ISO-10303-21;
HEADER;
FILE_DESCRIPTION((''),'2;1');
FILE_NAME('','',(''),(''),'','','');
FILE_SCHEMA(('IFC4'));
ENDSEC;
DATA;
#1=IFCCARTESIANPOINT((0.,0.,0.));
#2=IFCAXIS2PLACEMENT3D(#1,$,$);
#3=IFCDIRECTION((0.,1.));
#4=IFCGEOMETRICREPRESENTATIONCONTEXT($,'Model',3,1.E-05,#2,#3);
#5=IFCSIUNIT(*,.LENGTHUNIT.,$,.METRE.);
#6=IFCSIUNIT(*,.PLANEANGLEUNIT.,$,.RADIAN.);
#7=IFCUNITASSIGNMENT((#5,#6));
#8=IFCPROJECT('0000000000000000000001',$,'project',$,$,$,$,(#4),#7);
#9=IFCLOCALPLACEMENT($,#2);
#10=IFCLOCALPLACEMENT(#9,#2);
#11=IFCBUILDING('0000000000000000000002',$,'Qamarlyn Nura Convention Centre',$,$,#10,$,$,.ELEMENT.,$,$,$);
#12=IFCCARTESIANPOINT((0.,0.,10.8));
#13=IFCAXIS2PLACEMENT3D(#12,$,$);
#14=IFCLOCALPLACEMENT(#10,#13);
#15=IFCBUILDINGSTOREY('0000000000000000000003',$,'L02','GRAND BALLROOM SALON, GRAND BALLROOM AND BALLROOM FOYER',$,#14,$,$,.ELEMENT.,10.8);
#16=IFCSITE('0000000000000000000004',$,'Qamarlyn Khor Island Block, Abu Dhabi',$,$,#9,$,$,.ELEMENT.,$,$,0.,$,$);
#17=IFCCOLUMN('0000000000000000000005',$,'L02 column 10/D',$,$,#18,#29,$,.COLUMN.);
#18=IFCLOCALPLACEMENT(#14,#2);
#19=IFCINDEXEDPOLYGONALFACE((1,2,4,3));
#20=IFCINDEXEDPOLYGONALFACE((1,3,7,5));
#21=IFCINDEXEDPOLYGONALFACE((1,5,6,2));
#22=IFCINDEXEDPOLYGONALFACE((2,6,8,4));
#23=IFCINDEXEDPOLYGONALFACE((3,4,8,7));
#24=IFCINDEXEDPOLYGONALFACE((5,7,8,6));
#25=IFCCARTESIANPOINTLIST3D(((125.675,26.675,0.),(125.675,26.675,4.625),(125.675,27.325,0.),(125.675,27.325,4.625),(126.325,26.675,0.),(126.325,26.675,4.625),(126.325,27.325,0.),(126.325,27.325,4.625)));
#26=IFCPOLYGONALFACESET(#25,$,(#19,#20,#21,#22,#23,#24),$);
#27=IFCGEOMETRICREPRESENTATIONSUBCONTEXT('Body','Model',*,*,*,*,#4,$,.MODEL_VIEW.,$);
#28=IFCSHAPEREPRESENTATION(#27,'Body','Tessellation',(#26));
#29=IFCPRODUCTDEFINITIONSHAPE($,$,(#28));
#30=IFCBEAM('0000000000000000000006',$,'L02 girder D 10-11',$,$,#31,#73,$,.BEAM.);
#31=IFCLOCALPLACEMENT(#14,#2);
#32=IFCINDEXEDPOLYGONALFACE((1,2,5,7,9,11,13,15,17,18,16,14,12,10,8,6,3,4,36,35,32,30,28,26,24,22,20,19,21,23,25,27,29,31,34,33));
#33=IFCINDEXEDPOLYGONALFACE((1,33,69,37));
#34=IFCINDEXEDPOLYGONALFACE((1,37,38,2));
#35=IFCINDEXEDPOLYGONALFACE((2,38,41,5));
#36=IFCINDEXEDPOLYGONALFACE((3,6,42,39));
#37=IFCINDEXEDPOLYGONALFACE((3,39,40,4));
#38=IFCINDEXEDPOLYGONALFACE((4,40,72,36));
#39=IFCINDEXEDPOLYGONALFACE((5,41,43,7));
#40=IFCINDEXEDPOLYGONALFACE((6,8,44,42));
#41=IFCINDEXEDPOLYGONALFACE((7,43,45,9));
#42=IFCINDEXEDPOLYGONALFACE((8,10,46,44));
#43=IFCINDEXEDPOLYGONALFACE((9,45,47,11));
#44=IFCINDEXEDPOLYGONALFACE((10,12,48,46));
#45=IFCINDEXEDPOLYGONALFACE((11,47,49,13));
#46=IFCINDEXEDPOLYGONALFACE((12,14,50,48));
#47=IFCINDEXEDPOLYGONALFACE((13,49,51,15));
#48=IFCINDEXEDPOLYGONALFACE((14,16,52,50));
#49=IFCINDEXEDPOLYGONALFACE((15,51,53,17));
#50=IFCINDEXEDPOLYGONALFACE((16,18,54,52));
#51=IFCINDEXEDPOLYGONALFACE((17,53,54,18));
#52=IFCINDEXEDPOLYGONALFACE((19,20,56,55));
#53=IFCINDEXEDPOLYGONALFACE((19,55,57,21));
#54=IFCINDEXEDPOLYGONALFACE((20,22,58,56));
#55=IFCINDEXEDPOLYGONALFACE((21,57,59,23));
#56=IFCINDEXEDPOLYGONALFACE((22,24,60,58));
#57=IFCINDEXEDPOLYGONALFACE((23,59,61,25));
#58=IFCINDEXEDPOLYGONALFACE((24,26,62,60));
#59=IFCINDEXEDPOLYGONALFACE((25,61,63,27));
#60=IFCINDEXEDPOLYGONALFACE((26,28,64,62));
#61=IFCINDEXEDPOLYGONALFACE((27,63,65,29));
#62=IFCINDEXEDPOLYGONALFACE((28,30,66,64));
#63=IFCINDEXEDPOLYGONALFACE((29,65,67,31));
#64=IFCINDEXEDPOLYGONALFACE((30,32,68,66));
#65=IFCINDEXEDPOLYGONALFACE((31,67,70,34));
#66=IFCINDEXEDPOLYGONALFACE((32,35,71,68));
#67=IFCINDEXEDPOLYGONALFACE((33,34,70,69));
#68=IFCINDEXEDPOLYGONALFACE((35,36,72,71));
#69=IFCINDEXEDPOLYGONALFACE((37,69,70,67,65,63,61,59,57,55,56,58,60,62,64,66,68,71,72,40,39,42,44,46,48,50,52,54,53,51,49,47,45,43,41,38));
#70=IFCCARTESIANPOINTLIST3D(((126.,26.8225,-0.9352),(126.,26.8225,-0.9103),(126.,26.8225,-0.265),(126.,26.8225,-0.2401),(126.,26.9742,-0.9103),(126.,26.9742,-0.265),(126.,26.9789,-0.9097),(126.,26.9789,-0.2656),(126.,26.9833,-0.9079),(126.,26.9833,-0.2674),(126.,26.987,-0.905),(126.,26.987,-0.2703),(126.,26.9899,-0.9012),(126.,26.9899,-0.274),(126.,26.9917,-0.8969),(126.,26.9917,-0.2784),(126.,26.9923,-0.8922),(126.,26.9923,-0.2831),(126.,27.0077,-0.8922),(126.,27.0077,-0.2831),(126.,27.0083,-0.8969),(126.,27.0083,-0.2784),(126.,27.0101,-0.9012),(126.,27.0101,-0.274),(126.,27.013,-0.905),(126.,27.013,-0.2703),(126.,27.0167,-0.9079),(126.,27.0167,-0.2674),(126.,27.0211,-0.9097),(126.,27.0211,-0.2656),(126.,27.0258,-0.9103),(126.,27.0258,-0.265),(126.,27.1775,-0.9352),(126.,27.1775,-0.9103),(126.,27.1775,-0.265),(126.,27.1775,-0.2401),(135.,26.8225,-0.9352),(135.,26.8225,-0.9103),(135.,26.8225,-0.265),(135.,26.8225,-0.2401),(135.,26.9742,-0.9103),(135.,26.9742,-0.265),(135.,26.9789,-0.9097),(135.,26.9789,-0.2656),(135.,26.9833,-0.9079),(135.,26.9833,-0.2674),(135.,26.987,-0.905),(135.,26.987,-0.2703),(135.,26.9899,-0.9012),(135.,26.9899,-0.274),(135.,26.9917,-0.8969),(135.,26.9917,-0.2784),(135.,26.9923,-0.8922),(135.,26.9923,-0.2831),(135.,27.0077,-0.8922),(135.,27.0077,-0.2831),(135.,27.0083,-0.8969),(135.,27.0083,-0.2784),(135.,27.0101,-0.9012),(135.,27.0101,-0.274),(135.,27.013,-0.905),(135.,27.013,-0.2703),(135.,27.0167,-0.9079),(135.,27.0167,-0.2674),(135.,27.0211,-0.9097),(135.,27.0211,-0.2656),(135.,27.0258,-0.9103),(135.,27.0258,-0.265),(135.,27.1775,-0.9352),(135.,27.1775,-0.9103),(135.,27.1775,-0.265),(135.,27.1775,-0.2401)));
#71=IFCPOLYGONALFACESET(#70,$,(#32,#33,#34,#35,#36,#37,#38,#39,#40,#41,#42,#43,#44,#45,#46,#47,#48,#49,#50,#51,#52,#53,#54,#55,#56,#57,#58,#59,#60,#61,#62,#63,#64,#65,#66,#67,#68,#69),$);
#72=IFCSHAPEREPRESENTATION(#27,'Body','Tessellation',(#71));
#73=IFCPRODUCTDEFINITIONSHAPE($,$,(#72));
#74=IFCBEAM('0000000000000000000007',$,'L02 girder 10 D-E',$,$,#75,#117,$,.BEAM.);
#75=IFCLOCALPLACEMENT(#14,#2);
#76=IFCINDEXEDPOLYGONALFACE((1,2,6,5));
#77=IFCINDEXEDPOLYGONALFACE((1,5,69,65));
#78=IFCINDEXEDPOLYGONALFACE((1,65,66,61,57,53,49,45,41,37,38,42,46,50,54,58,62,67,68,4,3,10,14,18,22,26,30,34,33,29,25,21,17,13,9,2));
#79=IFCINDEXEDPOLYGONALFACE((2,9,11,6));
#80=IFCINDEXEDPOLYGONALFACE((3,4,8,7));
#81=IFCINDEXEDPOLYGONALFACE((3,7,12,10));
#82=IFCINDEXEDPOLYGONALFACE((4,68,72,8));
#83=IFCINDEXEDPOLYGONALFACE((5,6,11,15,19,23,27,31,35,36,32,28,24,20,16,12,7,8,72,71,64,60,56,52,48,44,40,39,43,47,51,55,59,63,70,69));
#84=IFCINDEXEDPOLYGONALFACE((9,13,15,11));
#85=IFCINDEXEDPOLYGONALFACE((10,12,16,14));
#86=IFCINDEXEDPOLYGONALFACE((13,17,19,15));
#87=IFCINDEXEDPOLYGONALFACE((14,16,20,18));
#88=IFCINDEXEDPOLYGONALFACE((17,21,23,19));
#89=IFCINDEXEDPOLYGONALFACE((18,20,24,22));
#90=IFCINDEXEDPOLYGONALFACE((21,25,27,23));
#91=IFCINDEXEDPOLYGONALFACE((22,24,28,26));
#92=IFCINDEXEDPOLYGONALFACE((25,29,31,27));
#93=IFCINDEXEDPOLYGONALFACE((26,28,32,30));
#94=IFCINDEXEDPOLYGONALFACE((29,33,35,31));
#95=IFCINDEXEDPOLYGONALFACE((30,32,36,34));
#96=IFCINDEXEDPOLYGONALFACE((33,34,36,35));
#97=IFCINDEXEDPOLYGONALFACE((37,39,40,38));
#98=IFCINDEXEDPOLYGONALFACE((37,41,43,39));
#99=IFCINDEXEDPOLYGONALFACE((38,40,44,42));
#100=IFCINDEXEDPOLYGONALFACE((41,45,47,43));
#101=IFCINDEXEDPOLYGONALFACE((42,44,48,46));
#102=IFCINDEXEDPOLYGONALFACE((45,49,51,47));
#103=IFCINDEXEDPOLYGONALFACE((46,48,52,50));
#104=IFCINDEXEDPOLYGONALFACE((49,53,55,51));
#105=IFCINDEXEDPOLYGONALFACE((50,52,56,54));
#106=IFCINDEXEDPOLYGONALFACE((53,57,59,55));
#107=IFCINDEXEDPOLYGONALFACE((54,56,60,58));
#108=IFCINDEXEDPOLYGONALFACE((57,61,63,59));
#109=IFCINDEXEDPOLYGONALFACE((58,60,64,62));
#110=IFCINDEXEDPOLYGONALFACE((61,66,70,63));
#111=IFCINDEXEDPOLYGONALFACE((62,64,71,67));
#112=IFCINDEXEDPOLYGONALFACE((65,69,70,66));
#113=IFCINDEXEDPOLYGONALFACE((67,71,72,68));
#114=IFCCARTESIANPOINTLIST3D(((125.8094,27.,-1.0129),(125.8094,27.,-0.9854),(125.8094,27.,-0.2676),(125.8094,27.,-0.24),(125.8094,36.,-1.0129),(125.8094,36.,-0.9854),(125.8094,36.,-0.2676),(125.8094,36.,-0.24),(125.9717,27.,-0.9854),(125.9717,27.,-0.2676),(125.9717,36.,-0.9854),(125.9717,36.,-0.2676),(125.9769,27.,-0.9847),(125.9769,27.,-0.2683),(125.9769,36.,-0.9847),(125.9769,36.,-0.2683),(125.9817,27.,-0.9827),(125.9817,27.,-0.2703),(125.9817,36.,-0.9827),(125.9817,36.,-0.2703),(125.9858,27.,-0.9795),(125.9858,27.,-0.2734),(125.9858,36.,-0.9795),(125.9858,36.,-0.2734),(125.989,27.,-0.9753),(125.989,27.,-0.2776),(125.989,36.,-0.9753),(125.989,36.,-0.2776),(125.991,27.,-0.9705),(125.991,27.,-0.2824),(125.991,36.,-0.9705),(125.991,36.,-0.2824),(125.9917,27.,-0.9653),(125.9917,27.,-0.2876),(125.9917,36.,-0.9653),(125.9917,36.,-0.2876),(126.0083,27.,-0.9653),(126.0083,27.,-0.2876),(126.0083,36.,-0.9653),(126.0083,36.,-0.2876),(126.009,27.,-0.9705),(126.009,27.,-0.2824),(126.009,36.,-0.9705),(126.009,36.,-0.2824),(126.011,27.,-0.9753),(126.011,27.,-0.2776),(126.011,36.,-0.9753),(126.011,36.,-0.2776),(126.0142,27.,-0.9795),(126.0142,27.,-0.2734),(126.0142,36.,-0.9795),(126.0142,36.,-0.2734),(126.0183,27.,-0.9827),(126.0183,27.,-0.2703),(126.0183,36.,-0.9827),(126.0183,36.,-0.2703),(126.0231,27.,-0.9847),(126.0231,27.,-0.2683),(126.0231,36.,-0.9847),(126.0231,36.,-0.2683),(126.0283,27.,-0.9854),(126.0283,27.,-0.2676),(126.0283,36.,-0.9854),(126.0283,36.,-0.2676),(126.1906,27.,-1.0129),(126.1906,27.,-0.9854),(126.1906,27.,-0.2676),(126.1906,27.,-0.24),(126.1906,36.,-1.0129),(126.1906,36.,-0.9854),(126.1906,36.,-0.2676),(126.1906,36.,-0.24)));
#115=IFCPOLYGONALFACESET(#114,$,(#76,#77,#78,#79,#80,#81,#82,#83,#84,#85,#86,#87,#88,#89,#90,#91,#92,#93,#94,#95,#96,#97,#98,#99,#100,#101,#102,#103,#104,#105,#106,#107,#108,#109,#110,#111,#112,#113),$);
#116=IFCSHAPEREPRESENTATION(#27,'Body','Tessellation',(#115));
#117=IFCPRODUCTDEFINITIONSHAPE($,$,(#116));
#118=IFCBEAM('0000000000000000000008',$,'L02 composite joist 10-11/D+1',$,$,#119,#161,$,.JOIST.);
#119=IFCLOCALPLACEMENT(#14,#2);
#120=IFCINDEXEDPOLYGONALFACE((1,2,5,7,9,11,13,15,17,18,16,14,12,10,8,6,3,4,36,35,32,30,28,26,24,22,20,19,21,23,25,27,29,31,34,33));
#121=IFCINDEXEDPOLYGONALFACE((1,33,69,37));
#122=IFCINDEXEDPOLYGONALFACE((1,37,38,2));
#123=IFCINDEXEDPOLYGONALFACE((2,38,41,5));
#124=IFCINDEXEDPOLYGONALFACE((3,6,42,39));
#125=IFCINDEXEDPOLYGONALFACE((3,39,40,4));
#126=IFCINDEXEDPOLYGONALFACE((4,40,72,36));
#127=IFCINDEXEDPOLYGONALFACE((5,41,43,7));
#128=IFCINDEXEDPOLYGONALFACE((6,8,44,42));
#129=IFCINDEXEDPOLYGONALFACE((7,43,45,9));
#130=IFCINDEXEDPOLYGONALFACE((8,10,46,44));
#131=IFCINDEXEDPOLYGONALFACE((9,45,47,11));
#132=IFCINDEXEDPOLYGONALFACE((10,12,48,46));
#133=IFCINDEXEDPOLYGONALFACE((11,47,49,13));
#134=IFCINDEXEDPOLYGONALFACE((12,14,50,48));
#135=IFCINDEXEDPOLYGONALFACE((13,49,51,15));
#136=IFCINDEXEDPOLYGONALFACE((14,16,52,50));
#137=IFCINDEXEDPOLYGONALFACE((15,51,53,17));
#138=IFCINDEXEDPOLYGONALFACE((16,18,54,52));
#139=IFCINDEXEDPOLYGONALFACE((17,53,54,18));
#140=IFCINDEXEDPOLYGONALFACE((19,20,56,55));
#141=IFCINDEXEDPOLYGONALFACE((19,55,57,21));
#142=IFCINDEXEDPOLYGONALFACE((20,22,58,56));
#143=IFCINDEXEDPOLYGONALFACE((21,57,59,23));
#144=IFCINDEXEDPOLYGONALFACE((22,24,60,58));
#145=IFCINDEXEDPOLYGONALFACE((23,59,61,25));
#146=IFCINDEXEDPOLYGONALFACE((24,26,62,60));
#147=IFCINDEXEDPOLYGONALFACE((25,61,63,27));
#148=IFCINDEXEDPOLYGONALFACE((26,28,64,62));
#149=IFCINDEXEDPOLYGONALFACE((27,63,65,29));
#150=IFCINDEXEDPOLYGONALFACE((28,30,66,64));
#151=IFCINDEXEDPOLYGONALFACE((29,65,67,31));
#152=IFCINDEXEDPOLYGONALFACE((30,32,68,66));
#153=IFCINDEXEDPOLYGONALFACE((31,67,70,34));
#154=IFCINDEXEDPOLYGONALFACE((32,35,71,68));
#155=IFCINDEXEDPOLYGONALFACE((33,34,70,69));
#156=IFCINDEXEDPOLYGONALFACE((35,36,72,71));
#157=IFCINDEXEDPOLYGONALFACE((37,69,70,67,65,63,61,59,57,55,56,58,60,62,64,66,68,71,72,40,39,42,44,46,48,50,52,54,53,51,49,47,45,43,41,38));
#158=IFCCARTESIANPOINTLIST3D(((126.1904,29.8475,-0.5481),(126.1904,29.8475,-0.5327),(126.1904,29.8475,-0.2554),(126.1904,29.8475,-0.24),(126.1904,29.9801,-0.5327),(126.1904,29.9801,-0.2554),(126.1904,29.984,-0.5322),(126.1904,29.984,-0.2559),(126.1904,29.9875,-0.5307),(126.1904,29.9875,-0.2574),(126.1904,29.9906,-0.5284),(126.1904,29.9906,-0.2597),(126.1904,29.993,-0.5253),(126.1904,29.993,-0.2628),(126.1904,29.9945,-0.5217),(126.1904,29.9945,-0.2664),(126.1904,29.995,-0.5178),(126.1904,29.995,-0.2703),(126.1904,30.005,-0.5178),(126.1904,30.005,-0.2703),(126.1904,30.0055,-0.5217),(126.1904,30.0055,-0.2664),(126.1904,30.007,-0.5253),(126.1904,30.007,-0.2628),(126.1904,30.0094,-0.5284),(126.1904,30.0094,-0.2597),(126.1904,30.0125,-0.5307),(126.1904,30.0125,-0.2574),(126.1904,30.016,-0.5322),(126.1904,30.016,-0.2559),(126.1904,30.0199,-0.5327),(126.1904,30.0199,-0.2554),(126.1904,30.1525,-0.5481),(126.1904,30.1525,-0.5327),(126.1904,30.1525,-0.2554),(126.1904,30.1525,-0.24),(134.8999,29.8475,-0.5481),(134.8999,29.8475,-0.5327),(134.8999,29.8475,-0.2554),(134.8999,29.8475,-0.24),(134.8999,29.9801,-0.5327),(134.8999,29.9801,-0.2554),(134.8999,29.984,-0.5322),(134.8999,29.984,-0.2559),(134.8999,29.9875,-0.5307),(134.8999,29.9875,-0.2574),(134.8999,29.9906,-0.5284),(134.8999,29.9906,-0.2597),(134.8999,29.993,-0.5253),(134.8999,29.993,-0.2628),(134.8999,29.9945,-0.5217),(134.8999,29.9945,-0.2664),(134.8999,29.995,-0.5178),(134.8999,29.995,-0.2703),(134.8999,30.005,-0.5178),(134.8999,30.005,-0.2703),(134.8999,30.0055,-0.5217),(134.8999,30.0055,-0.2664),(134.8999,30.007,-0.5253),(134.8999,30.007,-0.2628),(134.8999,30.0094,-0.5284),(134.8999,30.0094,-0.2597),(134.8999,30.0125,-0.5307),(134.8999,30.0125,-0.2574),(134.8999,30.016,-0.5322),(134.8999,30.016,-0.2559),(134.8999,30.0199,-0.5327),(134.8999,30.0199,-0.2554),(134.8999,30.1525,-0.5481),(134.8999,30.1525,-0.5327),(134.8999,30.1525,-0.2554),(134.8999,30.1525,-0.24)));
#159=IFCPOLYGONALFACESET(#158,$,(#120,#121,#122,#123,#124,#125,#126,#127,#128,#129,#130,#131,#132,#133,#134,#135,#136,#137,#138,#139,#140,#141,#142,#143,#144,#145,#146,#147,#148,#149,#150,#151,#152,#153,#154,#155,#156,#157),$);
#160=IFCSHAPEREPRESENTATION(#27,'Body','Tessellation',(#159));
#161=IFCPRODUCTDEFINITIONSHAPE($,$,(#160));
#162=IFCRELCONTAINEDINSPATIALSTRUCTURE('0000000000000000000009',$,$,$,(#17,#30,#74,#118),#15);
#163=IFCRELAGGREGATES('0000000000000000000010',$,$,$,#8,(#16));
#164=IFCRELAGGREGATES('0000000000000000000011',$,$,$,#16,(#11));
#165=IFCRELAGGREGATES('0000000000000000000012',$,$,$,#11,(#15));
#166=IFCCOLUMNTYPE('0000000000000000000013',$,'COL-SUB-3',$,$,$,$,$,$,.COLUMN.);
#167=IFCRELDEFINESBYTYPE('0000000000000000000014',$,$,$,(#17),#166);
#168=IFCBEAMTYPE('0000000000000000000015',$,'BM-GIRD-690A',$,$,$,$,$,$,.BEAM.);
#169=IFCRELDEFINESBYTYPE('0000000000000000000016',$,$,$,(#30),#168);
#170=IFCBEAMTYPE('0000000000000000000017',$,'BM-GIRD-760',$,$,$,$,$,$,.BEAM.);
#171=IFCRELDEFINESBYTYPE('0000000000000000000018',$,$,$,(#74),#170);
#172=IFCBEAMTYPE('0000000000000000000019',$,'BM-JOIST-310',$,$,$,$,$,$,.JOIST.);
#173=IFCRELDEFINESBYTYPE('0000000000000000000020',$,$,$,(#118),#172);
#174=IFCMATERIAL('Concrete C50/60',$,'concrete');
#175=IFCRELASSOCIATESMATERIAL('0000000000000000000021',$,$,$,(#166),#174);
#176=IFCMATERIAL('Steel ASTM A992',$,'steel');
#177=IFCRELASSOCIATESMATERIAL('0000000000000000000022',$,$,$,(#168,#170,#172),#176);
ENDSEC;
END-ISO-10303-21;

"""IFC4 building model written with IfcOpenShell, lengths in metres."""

from ifc_helpers import new_model, si_unit, direction, frame, origin, origin_2d, place, context, subcontext, project, spatial, rectangle, i_section, extrude, material, material_profile, profile_set, type_object, element, save


model = new_model("IFC4")

# Units and contexts
model_context = context("Model", 3, precision=1e-05, world=origin(), true_north=direction((0.0, 1.0)))
body_context = subcontext(model_context, "Body", "Model", "MODEL_VIEW")
ifc_project = project(units=[si_unit("LENGTHUNIT", "METRE"), si_unit("PLANEANGLEUNIT", "RADIAN")], contexts=[model_context])

# Site, building, storey
site_placement = place(None, origin())
site = spatial("IfcSite", under=ifc_project, at=site_placement, Name="Qamarlyn Khor Island Block, Abu Dhabi", CompositionType="ELEMENT", RefElevation=0.0)
building_placement = place(site_placement, origin())
building = spatial("IfcBuilding", under=site, at=building_placement, Name="Qamarlyn Nura Convention Centre", CompositionType="ELEMENT")
storey_placement = place(building_placement, frame((0.0, 0.0, 10.8)))
storey = spatial("IfcBuildingStorey", under=building, at=storey_placement, Name="L02", Description="GRAND BALLROOM SALON, GRAND BALLROOM AND BALLROOM FOYER", CompositionType="ELEMENT", Elevation=10.8)

# Column
ifc_material_1 = material(Name="Concrete C50/60", Category="concrete")
ifc_material_profile_1 = material_profile(ifc_material_1, rectangle(XDim=0.6499, YDim=0.6499, at=origin_2d()), Name="RC 650x650")
ifc_profile_set_1 = profile_set([ifc_material_profile_1], Name="Concrete C50/60")
column_type = type_object("IfcColumnType", Name="COL-SUB-3", PredefinedType="COLUMN", material=ifc_profile_set_1)
column_placement = place(storey_placement, frame((126.0, 27.0, 0.0), z_axis=(0.0, 0.0, 1.0), x_axis=(1.0, 0.0, 0.0)))
element("IfcColumn", 1, at=column_placement, inside=storey, type_object=column_type, Name="L02 column 10/D", PredefinedType="COLUMN", context=body_context, shape_type="SweptSolid", body=[
    extrude(rectangle(XDim=0.6499, YDim=0.6499, at=origin_2d()), origin(), (0.0, 0.0, 1.0), 4.625),
])

# Beams
ifc_material_2 = material(Name="Steel ASTM A992", Category="steel")
ifc_material_profile_2 = material_profile(ifc_material_2, i_section(OverallWidth=0.355, OverallDepth=0.6951, WebThickness=0.0154, FlangeThickness=0.0249, FilletRadius=0.0181, at=origin_2d()), Name="W690X217")
ifc_profile_set_2 = profile_set([ifc_material_profile_2], Name="Steel ASTM A992")
beam_type_1 = type_object("IfcBeamType", Name="BM-GIRD-690A", PredefinedType="BEAM", material=ifc_profile_set_2)
beam_1_placement = place(storey_placement, frame((126.0, 27.0, -0.5876), z_axis=(1.0, 0.0, 0.0), x_axis=(0.0, 1.0, 0.0)))
element("IfcBeam", 2, at=beam_1_placement, inside=storey, type_object=beam_type_1, Name="L02 girder D 10-11", PredefinedType="BEAM", context=body_context, shape_type="SweptSolid", body=[
    extrude(i_section(OverallWidth=0.355, OverallDepth=0.6951, WebThickness=0.0154, FlangeThickness=0.0249, FilletRadius=0.0181, at=origin_2d()), origin(), (0.0, 0.0, 1.0), 9.0),
])
ifc_material_profile_3 = material_profile(ifc_material_2, i_section(OverallWidth=0.3811, OverallDepth=0.7729, WebThickness=0.0166, FlangeThickness=0.0276, FilletRadius=0.02, at=origin_2d()), Name="W760X257")
ifc_profile_set_3 = profile_set([ifc_material_profile_3], Name="Steel ASTM A992")
beam_type_2 = type_object("IfcBeamType", Name="BM-GIRD-760", PredefinedType="BEAM", material=ifc_profile_set_3)
beam_2_placement = place(storey_placement, frame((126.0, 27.0, -0.6265), z_axis=(0.0, 1.0, 0.0), x_axis=(-1.0, 0.0, 0.0)))
element("IfcBeam", 3, at=beam_2_placement, inside=storey, type_object=beam_type_2, Name="L02 girder 10 D-E", PredefinedType="BEAM", context=body_context, shape_type="SweptSolid", body=[
    extrude(i_section(OverallWidth=0.3811, OverallDepth=0.7729, WebThickness=0.0166, FlangeThickness=0.0276, FilletRadius=0.02, at=origin_2d()), origin(), (0.0, 0.0, 1.0), 9.0),
])
ifc_material_profile_4 = material_profile(ifc_material_2, i_section(OverallWidth=0.3049, OverallDepth=0.3081, WebThickness=0.01, FlangeThickness=0.0154, FilletRadius=0.0149, at=origin_2d()), Name="W310X97")
ifc_profile_set_4 = profile_set([ifc_material_profile_4], Name="Steel ASTM A992")
beam_type_3 = type_object("IfcBeamType", Name="BM-JOIST-310", PredefinedType="JOIST", material=ifc_profile_set_4)
for number, where, z_axis, x_axis, name in (
    (4, (126.1904, 30.0, -0.394), (1.0, 0.0, 0.0), (0.0, 1.0, 0.0), "L02 composite joist 10-11/D+1"),
):
    element("IfcBeam", number, at=place(storey_placement, frame(where, z_axis=z_axis, x_axis=x_axis)), inside=storey, type_object=beam_type_3, Name=name, PredefinedType="JOIST", context=body_context, shape_type="SweptSolid", body=[
        extrude(i_section(OverallWidth=0.3049, OverallDepth=0.3081, WebThickness=0.01, FlangeThickness=0.0154, FilletRadius=0.0149, at=origin_2d()), origin(), (0.0, 0.0, 1.0), 8.7095),
    ])

save(model, "model.ifc")
